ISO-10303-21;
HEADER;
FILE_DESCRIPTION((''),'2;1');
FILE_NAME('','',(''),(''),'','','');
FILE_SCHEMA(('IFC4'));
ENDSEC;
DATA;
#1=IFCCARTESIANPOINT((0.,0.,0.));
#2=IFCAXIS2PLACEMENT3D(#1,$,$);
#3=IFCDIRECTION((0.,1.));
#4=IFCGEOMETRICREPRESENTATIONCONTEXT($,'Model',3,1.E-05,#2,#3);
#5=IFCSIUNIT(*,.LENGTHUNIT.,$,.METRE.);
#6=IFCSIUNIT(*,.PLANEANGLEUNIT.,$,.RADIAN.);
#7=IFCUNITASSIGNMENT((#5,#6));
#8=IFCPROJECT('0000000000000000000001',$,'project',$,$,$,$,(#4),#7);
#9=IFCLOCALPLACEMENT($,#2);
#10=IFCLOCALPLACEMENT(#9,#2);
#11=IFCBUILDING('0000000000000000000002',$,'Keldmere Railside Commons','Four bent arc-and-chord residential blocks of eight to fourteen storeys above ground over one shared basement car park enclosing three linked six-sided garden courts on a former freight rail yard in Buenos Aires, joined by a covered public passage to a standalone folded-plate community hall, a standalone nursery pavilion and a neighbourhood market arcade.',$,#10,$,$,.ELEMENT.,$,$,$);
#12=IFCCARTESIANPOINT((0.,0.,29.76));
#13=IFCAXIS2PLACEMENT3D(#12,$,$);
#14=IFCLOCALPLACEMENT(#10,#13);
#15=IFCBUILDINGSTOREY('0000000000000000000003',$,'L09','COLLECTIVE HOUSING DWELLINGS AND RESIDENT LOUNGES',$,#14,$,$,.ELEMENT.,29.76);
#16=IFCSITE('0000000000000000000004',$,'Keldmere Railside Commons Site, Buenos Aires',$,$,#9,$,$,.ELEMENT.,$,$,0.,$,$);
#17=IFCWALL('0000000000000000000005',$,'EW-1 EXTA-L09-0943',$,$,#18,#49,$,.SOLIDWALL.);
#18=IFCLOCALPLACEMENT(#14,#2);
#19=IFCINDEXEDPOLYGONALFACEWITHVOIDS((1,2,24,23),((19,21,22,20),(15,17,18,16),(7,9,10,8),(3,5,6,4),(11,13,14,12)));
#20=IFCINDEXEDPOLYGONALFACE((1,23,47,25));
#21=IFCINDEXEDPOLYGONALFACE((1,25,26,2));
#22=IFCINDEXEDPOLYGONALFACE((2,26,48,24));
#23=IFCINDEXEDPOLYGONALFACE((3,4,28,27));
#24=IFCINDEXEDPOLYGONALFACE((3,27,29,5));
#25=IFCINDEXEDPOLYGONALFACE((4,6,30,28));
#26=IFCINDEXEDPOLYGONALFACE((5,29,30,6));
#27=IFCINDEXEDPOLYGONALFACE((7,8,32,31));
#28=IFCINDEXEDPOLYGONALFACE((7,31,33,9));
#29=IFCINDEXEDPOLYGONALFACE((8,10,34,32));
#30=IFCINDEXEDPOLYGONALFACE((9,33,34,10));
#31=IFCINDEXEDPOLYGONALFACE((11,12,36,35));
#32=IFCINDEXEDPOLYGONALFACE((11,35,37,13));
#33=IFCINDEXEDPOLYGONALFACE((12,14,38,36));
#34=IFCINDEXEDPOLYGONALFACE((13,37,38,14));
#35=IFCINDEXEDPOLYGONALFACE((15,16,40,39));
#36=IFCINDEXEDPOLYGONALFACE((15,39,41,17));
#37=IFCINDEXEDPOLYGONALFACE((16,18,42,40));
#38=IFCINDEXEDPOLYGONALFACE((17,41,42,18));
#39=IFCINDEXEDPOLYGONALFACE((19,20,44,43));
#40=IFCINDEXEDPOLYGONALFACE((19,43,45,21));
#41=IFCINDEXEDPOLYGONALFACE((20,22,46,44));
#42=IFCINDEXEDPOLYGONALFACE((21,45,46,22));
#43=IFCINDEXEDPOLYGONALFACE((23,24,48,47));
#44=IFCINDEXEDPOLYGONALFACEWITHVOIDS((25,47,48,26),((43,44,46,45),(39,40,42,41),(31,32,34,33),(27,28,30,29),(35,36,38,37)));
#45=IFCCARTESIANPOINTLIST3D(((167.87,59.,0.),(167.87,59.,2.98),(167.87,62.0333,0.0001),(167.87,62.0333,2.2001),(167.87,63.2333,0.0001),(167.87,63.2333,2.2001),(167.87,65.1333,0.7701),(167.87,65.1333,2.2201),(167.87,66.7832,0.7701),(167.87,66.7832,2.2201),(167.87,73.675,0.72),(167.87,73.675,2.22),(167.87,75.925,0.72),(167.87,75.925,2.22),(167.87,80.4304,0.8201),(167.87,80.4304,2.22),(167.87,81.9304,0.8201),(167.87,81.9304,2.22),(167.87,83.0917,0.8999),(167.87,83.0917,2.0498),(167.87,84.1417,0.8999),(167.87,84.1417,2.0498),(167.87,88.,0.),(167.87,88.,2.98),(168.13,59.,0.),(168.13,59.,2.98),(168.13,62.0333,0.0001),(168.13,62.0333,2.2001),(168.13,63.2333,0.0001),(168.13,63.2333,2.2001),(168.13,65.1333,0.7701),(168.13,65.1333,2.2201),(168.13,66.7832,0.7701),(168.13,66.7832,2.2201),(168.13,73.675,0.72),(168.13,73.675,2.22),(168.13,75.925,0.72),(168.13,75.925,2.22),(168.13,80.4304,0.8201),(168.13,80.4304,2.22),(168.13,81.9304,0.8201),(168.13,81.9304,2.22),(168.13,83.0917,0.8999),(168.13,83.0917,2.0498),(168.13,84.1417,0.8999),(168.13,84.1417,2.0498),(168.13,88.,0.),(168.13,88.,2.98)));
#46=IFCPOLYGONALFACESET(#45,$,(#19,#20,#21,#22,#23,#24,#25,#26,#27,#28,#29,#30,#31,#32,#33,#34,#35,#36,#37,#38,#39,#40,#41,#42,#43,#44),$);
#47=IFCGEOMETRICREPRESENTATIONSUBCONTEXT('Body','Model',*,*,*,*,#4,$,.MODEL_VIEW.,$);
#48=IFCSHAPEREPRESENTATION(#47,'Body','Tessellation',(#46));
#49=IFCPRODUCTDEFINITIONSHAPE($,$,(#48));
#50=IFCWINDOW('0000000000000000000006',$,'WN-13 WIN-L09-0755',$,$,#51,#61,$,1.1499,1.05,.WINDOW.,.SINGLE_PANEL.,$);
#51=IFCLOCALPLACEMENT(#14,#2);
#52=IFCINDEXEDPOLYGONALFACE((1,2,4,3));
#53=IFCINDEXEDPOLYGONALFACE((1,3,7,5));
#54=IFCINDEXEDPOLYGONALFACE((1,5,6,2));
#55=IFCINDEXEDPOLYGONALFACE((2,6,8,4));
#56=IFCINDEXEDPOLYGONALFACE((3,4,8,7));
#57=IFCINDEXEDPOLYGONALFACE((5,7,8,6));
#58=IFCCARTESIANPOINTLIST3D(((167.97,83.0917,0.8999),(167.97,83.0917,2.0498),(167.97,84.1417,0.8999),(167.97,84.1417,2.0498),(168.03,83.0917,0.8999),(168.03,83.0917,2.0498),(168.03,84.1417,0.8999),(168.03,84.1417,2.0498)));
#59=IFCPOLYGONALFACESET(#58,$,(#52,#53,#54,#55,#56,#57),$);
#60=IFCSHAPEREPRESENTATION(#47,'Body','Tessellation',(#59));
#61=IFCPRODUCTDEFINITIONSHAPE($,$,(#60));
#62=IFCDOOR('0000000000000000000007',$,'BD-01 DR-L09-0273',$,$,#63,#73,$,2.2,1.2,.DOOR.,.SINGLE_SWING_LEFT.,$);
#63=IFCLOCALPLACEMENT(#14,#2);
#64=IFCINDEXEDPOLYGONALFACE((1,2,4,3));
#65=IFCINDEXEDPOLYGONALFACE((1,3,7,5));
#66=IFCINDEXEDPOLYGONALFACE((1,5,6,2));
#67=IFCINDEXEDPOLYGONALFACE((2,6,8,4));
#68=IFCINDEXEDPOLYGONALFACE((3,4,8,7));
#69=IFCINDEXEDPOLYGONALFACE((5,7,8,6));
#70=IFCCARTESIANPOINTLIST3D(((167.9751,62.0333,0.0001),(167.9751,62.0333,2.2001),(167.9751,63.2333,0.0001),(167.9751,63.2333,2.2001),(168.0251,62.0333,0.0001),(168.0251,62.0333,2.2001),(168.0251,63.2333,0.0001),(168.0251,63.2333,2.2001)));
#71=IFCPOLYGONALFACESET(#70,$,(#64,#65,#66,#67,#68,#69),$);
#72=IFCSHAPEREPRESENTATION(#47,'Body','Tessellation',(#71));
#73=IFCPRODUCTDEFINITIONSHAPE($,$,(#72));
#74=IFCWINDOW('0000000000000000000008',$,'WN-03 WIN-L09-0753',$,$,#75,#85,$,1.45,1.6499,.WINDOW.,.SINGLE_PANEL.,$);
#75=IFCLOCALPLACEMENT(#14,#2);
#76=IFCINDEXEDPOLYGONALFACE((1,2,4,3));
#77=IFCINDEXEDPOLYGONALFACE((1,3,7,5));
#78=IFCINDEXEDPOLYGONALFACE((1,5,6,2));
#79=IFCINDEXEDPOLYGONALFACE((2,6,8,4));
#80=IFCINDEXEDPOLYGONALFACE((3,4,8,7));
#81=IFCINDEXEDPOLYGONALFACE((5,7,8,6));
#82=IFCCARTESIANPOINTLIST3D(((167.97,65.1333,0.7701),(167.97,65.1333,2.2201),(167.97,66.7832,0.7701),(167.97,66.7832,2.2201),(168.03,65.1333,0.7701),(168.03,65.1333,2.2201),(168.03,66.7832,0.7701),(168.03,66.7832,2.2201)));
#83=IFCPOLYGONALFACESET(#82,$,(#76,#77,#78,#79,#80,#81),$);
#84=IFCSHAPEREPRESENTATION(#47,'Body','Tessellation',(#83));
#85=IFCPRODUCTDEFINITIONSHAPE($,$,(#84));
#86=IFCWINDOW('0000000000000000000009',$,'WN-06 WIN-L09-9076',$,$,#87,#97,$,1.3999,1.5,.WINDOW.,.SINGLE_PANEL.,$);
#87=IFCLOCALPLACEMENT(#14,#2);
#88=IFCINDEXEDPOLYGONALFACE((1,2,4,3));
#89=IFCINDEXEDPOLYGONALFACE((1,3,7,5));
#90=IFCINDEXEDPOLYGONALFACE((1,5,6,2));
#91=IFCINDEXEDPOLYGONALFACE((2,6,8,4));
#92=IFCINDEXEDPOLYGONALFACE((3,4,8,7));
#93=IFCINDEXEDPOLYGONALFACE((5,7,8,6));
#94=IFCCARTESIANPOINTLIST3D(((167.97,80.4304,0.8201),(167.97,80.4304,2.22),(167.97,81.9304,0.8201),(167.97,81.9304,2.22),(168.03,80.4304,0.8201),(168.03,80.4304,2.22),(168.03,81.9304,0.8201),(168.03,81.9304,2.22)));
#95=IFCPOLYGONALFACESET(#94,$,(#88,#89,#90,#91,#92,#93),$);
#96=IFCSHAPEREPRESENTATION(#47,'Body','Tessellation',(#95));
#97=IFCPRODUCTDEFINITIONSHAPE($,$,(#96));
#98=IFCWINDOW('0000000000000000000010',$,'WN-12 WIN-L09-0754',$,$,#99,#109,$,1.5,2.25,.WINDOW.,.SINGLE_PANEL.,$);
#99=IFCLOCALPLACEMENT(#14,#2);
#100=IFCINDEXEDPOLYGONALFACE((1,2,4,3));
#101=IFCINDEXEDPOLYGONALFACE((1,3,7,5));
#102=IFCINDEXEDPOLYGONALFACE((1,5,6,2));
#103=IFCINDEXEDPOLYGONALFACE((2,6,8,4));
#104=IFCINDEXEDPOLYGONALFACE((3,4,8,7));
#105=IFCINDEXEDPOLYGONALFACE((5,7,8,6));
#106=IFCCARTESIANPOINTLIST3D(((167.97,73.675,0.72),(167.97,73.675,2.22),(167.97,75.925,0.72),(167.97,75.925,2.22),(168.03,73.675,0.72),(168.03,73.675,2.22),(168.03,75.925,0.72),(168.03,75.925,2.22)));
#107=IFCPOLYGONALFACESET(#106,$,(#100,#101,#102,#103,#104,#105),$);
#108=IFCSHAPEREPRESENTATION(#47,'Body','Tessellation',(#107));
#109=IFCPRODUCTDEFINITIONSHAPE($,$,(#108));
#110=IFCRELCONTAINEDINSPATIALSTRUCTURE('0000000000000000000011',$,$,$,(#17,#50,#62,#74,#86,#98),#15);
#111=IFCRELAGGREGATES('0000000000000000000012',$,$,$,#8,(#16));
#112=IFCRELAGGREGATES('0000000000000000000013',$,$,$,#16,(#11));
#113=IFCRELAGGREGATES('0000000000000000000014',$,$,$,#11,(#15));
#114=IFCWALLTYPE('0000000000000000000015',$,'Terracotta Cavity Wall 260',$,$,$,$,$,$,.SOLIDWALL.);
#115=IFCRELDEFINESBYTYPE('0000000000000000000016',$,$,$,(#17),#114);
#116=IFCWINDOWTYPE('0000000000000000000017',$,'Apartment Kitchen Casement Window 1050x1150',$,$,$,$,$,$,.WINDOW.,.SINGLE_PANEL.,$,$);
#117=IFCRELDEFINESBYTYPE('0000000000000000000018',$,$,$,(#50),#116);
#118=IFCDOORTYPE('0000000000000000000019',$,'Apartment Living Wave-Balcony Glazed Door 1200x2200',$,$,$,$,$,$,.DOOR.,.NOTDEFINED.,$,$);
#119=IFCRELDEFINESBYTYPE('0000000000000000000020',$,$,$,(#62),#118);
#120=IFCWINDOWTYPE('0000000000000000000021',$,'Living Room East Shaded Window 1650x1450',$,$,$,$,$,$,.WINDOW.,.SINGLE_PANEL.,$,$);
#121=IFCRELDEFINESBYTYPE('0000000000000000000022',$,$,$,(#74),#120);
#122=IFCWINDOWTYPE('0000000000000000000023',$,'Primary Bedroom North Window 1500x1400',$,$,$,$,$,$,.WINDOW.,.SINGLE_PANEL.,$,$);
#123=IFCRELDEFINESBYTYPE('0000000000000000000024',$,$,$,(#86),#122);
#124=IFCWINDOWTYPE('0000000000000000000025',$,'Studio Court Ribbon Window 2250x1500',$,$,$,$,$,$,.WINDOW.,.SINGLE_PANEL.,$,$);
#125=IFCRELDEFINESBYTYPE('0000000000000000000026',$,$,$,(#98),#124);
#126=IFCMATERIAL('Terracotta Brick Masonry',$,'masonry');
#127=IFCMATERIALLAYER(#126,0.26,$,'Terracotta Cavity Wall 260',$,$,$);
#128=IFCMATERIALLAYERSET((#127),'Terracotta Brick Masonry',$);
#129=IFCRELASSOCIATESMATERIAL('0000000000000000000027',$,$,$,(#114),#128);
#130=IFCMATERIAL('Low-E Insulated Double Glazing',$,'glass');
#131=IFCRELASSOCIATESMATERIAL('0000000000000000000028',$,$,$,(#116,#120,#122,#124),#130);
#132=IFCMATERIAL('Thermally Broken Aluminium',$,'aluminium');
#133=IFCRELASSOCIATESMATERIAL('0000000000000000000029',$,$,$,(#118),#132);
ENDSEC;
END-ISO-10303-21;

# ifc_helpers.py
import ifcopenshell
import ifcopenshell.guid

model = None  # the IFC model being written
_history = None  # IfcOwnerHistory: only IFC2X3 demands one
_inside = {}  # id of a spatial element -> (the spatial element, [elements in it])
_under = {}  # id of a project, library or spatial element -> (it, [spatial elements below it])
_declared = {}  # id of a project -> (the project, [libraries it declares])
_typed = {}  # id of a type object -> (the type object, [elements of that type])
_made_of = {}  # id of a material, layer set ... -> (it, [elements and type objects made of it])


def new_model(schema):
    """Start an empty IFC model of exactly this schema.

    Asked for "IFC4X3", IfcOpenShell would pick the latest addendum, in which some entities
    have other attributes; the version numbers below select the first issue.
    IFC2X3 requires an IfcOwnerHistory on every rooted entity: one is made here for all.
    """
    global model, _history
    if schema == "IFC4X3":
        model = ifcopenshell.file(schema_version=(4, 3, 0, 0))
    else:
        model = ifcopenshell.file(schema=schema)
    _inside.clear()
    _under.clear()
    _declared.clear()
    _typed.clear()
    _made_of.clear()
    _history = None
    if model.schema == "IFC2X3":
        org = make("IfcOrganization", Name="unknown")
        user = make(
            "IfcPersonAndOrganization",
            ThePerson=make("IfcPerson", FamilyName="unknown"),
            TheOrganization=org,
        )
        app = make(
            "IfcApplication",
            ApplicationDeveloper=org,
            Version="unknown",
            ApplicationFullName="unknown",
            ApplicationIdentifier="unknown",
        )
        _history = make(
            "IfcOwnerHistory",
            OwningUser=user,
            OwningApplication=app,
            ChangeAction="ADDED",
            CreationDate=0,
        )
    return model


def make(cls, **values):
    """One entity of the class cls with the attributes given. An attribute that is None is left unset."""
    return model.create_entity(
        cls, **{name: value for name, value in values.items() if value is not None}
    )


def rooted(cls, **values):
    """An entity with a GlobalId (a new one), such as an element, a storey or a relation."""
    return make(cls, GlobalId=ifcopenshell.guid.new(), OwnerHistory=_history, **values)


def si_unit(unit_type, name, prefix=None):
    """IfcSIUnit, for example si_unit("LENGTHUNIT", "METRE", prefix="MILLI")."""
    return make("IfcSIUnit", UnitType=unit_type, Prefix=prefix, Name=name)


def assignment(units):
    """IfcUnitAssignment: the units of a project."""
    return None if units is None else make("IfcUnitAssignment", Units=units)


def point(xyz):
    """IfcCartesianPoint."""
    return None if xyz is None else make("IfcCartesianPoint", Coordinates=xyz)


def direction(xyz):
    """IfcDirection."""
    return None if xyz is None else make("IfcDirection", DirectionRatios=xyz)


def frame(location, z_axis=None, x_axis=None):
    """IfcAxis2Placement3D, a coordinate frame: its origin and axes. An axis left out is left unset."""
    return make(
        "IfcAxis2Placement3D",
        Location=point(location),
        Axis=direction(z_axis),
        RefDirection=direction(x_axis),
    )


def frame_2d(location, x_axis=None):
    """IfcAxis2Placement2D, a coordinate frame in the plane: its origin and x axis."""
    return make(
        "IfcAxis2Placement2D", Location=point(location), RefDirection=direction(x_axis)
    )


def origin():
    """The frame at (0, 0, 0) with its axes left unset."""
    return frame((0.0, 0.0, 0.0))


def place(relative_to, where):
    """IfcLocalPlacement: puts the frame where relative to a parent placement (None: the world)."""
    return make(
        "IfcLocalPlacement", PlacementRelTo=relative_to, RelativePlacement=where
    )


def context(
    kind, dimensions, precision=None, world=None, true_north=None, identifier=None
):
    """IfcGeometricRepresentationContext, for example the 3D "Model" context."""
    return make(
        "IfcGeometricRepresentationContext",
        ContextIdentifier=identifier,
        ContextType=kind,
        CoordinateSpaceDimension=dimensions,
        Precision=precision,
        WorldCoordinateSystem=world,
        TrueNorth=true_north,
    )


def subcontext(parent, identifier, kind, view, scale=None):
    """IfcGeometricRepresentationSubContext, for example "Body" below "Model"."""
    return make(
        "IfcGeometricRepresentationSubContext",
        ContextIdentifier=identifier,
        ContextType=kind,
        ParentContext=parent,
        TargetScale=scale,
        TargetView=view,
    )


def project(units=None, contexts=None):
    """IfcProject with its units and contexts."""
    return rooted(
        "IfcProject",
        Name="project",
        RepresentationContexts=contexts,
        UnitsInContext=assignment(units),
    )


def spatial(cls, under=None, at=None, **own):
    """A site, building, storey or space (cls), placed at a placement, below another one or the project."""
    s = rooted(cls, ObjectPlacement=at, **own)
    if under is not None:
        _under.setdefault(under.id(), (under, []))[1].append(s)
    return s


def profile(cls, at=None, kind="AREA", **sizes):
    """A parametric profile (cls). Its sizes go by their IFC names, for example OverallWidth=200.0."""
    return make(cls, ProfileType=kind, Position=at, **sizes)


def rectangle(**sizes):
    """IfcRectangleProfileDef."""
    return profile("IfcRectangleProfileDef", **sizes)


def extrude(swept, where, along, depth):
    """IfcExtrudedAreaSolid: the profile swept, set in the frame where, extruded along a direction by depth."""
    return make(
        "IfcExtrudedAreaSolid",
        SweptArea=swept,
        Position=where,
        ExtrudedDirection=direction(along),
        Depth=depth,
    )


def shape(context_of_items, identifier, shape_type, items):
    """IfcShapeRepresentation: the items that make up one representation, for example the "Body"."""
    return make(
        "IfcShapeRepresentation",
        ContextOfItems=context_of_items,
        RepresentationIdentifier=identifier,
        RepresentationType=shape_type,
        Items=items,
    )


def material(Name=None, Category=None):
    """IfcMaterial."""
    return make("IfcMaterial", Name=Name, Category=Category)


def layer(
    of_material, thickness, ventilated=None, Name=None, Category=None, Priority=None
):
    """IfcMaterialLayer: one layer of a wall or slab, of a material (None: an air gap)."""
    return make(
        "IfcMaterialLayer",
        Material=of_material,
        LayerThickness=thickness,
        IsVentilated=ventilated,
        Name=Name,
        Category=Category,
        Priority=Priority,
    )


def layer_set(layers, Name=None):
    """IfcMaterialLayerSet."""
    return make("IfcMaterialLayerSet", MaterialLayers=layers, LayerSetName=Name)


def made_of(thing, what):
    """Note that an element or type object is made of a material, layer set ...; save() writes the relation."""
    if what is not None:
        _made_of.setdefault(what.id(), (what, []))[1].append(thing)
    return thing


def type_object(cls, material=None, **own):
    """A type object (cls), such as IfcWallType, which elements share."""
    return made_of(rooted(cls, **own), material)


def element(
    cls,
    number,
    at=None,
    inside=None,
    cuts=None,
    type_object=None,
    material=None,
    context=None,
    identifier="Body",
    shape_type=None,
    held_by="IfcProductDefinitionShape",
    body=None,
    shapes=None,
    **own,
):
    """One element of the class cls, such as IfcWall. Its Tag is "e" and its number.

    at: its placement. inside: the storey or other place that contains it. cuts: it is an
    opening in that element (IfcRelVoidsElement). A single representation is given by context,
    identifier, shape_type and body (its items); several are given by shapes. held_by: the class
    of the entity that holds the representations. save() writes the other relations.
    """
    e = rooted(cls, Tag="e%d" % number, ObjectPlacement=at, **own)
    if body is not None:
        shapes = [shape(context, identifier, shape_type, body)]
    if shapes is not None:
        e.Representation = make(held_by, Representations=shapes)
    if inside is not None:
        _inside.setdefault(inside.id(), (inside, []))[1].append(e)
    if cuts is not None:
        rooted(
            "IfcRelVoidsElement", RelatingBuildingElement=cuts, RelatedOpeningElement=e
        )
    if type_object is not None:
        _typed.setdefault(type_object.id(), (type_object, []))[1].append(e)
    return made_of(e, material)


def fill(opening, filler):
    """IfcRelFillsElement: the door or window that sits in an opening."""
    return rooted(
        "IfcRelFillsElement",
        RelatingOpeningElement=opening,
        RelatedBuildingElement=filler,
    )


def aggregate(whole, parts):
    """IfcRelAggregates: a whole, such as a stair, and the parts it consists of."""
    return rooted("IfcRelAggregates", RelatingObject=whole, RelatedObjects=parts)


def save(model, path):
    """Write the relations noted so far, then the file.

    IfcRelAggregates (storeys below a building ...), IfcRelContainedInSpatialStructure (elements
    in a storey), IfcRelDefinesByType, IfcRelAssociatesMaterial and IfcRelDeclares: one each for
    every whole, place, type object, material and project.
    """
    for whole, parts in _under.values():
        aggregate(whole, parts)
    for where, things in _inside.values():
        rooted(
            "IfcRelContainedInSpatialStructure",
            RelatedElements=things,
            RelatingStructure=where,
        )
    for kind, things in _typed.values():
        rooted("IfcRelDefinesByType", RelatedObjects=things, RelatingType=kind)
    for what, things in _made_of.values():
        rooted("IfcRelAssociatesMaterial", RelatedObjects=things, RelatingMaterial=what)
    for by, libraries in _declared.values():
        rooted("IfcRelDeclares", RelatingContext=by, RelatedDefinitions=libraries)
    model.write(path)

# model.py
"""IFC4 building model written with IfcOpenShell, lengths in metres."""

from ifc_helpers import new_model, si_unit, direction, frame, frame_2d, origin, place, context, subcontext, project, spatial, rectangle, extrude, material, layer, layer_set, type_object, element, fill, save


model = new_model("IFC4")

# Units and contexts
model_context = context("Model", 3, precision=1e-05, world=origin(), true_north=direction((0.0, 1.0)))
body_context = subcontext(model_context, "Body", "Model", "MODEL_VIEW")
ifc_project = project(units=[si_unit("LENGTHUNIT", "METRE"), si_unit("PLANEANGLEUNIT", "RADIAN")], contexts=[model_context])

# Site, building, storey
site_placement = place(None, origin())
site = spatial("IfcSite", under=ifc_project, at=site_placement, Name="Keldmere Railside Commons Site, Buenos Aires", CompositionType="ELEMENT", RefElevation=0.0)
building_placement = place(site_placement, origin())
building = spatial("IfcBuilding", under=site, at=building_placement, Name="Keldmere Railside Commons", Description="Four bent arc-and-chord residential blocks of eight to fourteen storeys above ground over one shared basement car park enclosing three linked six-sided garden courts on a former freight rail yard in Buenos Aires, joined by a covered public passage to a standalone folded-plate community hall, a standalone nursery pavilion and a neighbourhood market arcade.", CompositionType="ELEMENT")
storey_placement = place(building_placement, frame((0.0, 0.0, 29.76)))
storey = spatial("IfcBuildingStorey", under=building, at=storey_placement, Name="L09", Description="COLLECTIVE HOUSING DWELLINGS AND RESIDENT LOUNGES", CompositionType="ELEMENT", Elevation=29.76)

# Wall, openings, windows, door
ifc_material_1 = material(Name="Terracotta Brick Masonry", Category="masonry")
ifc_layer = layer(ifc_material_1, 0.26, Name="Terracotta Cavity Wall 260")
ifc_layer_set = layer_set([ifc_layer], Name="Terracotta Brick Masonry")
wall_type = type_object("IfcWallType", Name="Terracotta Cavity Wall 260", PredefinedType="SOLIDWALL", material=ifc_layer_set)
wall_placement = place(storey_placement, frame((168.0, 59.0, 0.0), z_axis=(0.0, 0.0, 1.0), x_axis=(0.0, 1.0, 0.0)))
wall = element("IfcWall", 1, at=wall_placement, inside=storey, type_object=wall_type, Name="EW-1 EXTA-L09-0943", PredefinedType="SOLIDWALL", context=body_context, shape_type="SweptSolid", body=[
    extrude(rectangle(XDim=29.0, YDim=0.26, at=frame_2d((14.5, 0.0))), origin(), (0.0, 0.0, 1.0), 2.98),
])
opening_1_placement = place(wall_placement, frame((3.0332, 0.0, 0.0)))
opening_1 = element("IfcOpeningElement", 2, at=opening_1_placement, cuts=wall, PredefinedType="OPENING", context=body_context, shape_type="SweptSolid", body=[
    extrude(rectangle(XDim=1.2, YDim=2.2, at=frame_2d((0.6001, 1.1001))), frame((0.0, 0.1399, 0.0), z_axis=(0.0, -1.0, 0.0), x_axis=(1.0, 0.0, 0.0)), (0.0, 0.0, 1.0), 0.28),
])
opening_2_placement = place(wall_placement, frame((6.1333, 0.0, 0.77)))
opening_2 = element("IfcOpeningElement", 3, at=opening_2_placement, cuts=wall, PredefinedType="OPENING", context=body_context, shape_type="SweptSolid", body=[
    extrude(rectangle(XDim=1.6499, YDim=1.45, at=frame_2d((0.825, 0.7251))), frame((0.0, 0.1399, 0.0), z_axis=(0.0, -1.0, 0.0), x_axis=(1.0, 0.0, 0.0)), (0.0, 0.0, 1.0), 0.28),
])
opening_3_placement = place(wall_placement, frame((14.675, 0.0, 0.72)))
opening_3 = element("IfcOpeningElement", 4, at=opening_3_placement, cuts=wall, PredefinedType="OPENING", context=body_context, shape_type="SweptSolid", body=[
    extrude(rectangle(XDim=2.25, YDim=1.5, at=frame_2d((1.125, 0.75))), frame((0.0, 0.1399, 0.0), z_axis=(0.0, -1.0, 0.0), x_axis=(1.0, 0.0, 0.0)), (0.0, 0.0, 1.0), 0.28),
])
opening_4_placement = place(wall_placement, frame((24.0918, 0.0, 0.8999)))
opening_4 = element("IfcOpeningElement", 5, at=opening_4_placement, cuts=wall, PredefinedType="OPENING", context=body_context, shape_type="SweptSolid", body=[
    extrude(rectangle(XDim=1.05, YDim=1.1499, at=frame_2d((0.5249, 0.575))), frame((0.0, 0.1399, 0.0), z_axis=(0.0, -1.0, 0.0), x_axis=(1.0, 0.0, 0.0)), (0.0, 0.0, 1.0), 0.28),
])
opening_5_placement = place(wall_placement, frame((21.4304, 0.0, 0.8201)))
opening_5 = element("IfcOpeningElement", 6, at=opening_5_placement, cuts=wall, PredefinedType="OPENING", context=body_context, shape_type="SweptSolid", body=[
    extrude(rectangle(XDim=1.5, YDim=1.3999, at=frame_2d((0.75, 0.7))), frame((0.0, 0.1399, 0.0), z_axis=(0.0, -1.0, 0.0), x_axis=(1.0, 0.0, 0.0)), (0.0, 0.0, 1.0), 0.28),
])
ifc_material_2 = material(Name="Low-E Insulated Double Glazing", Category="glass")
window_type_1 = type_object("IfcWindowType", Name="Apartment Kitchen Casement Window 1050x1150", PartitioningType="SINGLE_PANEL", PredefinedType="WINDOW", material=ifc_material_2)
window_1_placement = place(opening_4_placement, origin())
window_1 = element("IfcWindow", 7, at=window_1_placement, inside=storey, type_object=window_type_1, Name="WN-13 WIN-L09-0755", OverallHeight=1.1499, OverallWidth=1.05, PartitioningType="SINGLE_PANEL", PredefinedType="WINDOW", context=body_context, shape_type="SweptSolid", body=[
    extrude(rectangle(XDim=1.05, YDim=1.1499, at=frame_2d((0.5249, 0.575))), frame((0.0, 0.03, 0.0), z_axis=(0.0, -1.0, 0.0), x_axis=(1.0, 0.0, 0.0)), (0.0, 0.0, 1.0), 0.0601),
])
fill(opening_4, window_1)
ifc_material_3 = material(Name="Thermally Broken Aluminium", Category="aluminium")
door_type = type_object("IfcDoorType", Name="Apartment Living Wave-Balcony Glazed Door 1200x2200", OperationType="NOTDEFINED", PredefinedType="DOOR", material=ifc_material_3)
door_placement = place(opening_1_placement, origin())
door = element("IfcDoor", 8, at=door_placement, inside=storey, type_object=door_type, Name="BD-01 DR-L09-0273", OperationType="SINGLE_SWING_LEFT", OverallHeight=2.2, OverallWidth=1.2, PredefinedType="DOOR", context=body_context, shape_type="SweptSolid", body=[
    extrude(rectangle(XDim=1.2, YDim=2.2, at=frame_2d((0.6001, 1.1001))), frame((0.0, 0.0249, 0.0), z_axis=(0.0, -1.0, 0.0), x_axis=(1.0, 0.0, 0.0)), (0.0, 0.0, 1.0), 0.05),
])
fill(opening_1, door)
window_type_2 = type_object("IfcWindowType", Name="Living Room East Shaded Window 1650x1450", PartitioningType="SINGLE_PANEL", PredefinedType="WINDOW", material=ifc_material_2)
window_2_placement = place(opening_2_placement, origin())
window_2 = element("IfcWindow", 9, at=window_2_placement, inside=storey, type_object=window_type_2, Name="WN-03 WIN-L09-0753", OverallHeight=1.45, OverallWidth=1.6499, PartitioningType="SINGLE_PANEL", PredefinedType="WINDOW", context=body_context, shape_type="SweptSolid", body=[
    extrude(rectangle(XDim=1.6499, YDim=1.45, at=frame_2d((0.825, 0.7251))), frame((0.0, 0.03, 0.0), z_axis=(0.0, -1.0, 0.0), x_axis=(1.0, 0.0, 0.0)), (0.0, 0.0, 1.0), 0.0601),
])
fill(opening_2, window_2)
window_type_3 = type_object("IfcWindowType", Name="Primary Bedroom North Window 1500x1400", PartitioningType="SINGLE_PANEL", PredefinedType="WINDOW", material=ifc_material_2)
window_3_placement = place(opening_5_placement, origin())
window_3 = element("IfcWindow", 10, at=window_3_placement, inside=storey, type_object=window_type_3, Name="WN-06 WIN-L09-9076", OverallHeight=1.3999, OverallWidth=1.5, PartitioningType="SINGLE_PANEL", PredefinedType="WINDOW", context=body_context, shape_type="SweptSolid", body=[
    extrude(rectangle(XDim=1.5, YDim=1.3999, at=frame_2d((0.75, 0.7))), frame((0.0, 0.03, 0.0), z_axis=(0.0, -1.0, 0.0), x_axis=(1.0, 0.0, 0.0)), (0.0, 0.0, 1.0), 0.0601),
])
fill(opening_5, window_3)
window_type_4 = type_object("IfcWindowType", Name="Studio Court Ribbon Window 2250x1500", PartitioningType="SINGLE_PANEL", PredefinedType="WINDOW", material=ifc_material_2)
window_4_placement = place(opening_3_placement, origin())
window_4 = element("IfcWindow", 11, at=window_4_placement, inside=storey, type_object=window_type_4, Name="WN-12 WIN-L09-0754", OverallHeight=1.5, OverallWidth=2.25, PartitioningType="SINGLE_PANEL", PredefinedType="WINDOW", context=body_context, shape_type="SweptSolid", body=[
    extrude(rectangle(XDim=2.25, YDim=1.5, at=frame_2d((1.125, 0.75))), frame((0.0, 0.03, 0.0), z_axis=(0.0, -1.0, 0.0), x_axis=(1.0, 0.0, 0.0)), (0.0, 0.0, 1.0), 0.0601),
])
fill(opening_3, window_4)

save(model, "model.ifc")
